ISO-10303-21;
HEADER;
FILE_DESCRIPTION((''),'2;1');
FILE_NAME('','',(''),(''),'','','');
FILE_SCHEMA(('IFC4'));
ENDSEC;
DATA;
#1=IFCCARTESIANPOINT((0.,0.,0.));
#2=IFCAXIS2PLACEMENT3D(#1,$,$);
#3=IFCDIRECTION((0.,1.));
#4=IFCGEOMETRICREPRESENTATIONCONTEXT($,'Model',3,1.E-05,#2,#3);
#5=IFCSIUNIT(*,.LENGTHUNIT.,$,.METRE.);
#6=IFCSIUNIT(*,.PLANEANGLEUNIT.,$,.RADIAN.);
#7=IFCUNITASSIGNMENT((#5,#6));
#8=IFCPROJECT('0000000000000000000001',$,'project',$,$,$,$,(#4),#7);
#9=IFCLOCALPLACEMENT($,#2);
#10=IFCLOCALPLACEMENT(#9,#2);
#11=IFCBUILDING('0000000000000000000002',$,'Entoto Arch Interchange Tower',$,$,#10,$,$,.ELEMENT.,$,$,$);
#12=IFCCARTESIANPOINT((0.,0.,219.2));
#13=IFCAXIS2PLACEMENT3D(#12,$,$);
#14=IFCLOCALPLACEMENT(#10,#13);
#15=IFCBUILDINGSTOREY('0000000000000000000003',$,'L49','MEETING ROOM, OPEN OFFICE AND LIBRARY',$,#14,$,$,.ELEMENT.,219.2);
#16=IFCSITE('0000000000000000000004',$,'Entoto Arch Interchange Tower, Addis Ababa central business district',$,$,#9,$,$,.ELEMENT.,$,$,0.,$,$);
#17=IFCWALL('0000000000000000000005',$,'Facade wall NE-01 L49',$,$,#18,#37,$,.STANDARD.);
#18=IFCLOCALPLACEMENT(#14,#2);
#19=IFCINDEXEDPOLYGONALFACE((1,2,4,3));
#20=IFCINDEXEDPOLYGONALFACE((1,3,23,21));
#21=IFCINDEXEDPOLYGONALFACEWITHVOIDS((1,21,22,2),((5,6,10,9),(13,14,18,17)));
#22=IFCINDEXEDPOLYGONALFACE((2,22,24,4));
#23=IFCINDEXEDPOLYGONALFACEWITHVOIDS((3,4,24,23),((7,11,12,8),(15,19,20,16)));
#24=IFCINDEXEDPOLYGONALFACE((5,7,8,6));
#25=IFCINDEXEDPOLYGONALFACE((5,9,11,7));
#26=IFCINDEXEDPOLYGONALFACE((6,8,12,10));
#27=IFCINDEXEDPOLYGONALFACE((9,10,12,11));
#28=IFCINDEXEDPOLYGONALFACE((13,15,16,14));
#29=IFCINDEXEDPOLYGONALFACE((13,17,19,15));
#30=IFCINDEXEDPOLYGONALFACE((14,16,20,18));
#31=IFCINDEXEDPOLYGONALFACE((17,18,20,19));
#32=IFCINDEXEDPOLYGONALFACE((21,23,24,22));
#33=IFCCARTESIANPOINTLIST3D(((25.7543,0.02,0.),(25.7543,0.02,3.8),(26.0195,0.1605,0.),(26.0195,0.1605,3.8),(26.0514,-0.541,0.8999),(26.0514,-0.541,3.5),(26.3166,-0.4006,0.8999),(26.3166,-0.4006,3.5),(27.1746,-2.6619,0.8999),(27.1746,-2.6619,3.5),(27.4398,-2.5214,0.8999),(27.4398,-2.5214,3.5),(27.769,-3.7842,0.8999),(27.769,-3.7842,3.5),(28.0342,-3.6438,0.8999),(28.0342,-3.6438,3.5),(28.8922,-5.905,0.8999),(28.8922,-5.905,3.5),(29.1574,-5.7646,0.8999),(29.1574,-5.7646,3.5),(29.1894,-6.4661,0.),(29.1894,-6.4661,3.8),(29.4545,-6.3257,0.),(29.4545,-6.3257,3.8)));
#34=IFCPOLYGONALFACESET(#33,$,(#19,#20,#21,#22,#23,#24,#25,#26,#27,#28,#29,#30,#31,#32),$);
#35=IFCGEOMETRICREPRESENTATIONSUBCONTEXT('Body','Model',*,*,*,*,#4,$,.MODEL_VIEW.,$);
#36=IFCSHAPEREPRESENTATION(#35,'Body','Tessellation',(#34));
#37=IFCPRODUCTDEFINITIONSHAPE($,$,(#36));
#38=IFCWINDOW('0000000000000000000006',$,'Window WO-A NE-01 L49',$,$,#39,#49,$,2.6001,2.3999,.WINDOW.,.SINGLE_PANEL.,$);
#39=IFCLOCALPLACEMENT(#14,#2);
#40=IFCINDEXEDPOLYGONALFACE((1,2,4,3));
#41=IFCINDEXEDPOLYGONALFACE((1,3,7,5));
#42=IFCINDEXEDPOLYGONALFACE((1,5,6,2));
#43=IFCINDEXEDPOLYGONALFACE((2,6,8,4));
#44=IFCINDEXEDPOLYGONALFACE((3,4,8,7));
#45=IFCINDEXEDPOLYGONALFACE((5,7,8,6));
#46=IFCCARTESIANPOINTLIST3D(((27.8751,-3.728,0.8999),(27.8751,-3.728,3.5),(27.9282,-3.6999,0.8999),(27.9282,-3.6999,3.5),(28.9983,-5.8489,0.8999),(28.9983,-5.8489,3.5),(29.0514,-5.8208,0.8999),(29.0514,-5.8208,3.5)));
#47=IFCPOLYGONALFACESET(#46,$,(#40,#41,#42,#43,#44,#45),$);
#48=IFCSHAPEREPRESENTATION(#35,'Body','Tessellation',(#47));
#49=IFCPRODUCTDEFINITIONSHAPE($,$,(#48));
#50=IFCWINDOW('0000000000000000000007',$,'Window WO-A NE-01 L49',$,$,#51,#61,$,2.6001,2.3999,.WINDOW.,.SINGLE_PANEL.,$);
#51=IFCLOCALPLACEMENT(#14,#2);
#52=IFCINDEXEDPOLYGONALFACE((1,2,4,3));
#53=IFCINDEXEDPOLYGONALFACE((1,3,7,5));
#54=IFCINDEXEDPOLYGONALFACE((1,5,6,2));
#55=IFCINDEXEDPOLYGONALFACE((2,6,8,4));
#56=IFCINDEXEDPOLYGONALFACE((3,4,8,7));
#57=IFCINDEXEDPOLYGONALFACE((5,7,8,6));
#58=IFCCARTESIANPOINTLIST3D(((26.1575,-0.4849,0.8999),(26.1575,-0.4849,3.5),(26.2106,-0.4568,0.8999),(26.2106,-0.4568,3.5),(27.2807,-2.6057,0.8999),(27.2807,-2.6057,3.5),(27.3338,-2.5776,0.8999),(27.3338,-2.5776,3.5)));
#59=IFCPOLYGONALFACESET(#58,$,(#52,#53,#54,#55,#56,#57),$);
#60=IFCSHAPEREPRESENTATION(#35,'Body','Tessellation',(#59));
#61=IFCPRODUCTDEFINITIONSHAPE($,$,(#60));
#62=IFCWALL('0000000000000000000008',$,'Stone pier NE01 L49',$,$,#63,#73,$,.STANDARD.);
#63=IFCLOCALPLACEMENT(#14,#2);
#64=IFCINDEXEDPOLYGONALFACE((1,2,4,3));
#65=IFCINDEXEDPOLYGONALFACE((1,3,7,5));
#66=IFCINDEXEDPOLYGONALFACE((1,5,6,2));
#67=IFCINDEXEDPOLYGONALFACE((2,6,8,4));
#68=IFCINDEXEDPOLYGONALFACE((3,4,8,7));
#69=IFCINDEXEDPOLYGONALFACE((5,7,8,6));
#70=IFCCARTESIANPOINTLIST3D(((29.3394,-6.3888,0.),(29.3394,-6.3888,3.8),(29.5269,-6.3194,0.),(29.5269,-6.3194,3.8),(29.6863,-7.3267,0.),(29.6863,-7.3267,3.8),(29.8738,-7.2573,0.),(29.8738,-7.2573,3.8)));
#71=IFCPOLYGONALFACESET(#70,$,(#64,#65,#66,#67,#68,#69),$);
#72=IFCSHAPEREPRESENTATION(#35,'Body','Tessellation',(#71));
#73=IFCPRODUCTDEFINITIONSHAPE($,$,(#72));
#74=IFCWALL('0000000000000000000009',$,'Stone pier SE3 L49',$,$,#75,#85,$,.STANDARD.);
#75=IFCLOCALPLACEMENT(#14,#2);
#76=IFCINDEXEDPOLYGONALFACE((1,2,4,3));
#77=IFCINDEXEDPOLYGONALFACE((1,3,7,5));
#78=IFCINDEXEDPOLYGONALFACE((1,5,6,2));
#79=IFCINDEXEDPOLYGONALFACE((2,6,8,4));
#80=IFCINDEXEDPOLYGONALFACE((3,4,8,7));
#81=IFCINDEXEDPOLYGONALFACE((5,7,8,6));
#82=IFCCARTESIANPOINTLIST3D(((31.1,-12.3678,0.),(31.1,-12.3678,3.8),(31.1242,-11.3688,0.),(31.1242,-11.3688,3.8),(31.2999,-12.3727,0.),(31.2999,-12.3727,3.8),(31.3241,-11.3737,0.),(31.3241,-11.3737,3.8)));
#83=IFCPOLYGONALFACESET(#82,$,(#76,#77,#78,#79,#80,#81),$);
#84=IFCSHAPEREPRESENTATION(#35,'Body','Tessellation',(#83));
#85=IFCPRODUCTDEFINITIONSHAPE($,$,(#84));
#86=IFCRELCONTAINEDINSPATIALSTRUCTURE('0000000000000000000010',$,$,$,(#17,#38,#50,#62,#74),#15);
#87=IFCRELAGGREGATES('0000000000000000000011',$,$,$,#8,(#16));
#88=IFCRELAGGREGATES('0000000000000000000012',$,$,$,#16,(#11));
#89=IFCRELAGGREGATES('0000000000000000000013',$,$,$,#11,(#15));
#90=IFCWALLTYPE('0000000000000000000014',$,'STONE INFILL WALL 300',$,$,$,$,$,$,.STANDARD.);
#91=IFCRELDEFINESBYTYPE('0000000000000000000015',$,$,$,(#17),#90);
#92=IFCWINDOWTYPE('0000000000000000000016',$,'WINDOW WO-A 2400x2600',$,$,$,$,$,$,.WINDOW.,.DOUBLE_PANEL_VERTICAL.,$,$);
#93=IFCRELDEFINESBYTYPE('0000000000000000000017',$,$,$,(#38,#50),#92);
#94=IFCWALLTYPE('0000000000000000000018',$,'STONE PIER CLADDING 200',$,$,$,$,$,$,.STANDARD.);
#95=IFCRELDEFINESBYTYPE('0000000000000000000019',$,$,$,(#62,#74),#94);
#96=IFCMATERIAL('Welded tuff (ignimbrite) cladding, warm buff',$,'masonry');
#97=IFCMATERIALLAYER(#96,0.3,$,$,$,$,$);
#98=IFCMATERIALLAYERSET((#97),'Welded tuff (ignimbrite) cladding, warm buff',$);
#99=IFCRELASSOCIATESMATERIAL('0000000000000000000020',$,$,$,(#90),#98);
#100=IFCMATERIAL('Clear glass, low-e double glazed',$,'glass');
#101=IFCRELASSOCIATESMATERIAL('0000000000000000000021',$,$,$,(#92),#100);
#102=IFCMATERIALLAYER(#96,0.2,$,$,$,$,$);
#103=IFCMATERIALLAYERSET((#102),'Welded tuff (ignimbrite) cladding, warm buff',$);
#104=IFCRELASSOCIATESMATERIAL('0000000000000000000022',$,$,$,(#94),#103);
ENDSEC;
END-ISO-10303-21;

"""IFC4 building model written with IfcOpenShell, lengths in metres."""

from ifc_helpers import new_model, si_unit, direction, frame, frame_2d, origin, place, context, subcontext, project, spatial, rectangle, extrude, material, layer, layer_set, type_object, element, fill, save


model = new_model("IFC4")

# Units and contexts
model_context = context("Model", 3, precision=1e-05, world=origin(), true_north=direction((0.0, 1.0)))
body_context = subcontext(model_context, "Body", "Model", "MODEL_VIEW")
ifc_project = project(units=[si_unit("LENGTHUNIT", "METRE"), si_unit("PLANEANGLEUNIT", "RADIAN")], contexts=[model_context])

# Site, building, storey
site_placement = place(None, origin())
site = spatial("IfcSite", under=ifc_project, at=site_placement, Name="Entoto Arch Interchange Tower, Addis Ababa central business district", CompositionType="ELEMENT", RefElevation=0.0)
building_placement = place(site_placement, origin())
building = spatial("IfcBuilding", under=site, at=building_placement, Name="Entoto Arch Interchange Tower", CompositionType="ELEMENT")
storey_placement = place(building_placement, frame((0.0, 0.0, 219.2)))
storey = spatial("IfcBuildingStorey", under=building, at=storey_placement, Name="L49", Description="MEETING ROOM, OPEN OFFICE AND LIBRARY", CompositionType="ELEMENT", Elevation=219.2)

# Shared definitions
ifc_material_1 = material(Name="Welded tuff (ignimbrite) cladding, warm buff", Category="masonry")
ifc_layer_1 = layer(ifc_material_1, 0.3)
ifc_layer_set_1 = layer_set([ifc_layer_1], Name="Welded tuff (ignimbrite) cladding, warm buff")
wall_type_1 = type_object("IfcWallType", Name="STONE INFILL WALL 300", PredefinedType="STANDARD", material=ifc_layer_set_1)
ifc_material_2 = material(Name="Clear glass, low-e double glazed", Category="glass")

# Wall, openings, windows
wall_1_placement = place(storey_placement, frame((29.322, -6.396, 0.0), z_axis=(0.0, 0.0, 1.0), x_axis=(-0.468021, 0.883718, 0.0)))
wall_1 = element("IfcWall", 1, at=wall_1_placement, inside=storey, type_object=wall_type_1, Name="Facade wall NE-01 L49", PredefinedType="STANDARD", context=body_context, shape_type="SweptSolid", body=[
    extrude(rectangle(XDim=7.3396, YDim=0.3, at=frame_2d((3.6699, 0.0))), origin(), (0.0, 0.0, 1.0), 3.8),
])
opening_1_placement = place(wall_1_placement, frame((0.635, 0.0, 0.8999)))
opening_1 = element("IfcOpeningElement", 2, at=opening_1_placement, cuts=wall_1, PredefinedType="OPENING", context=body_context, shape_type="SweptSolid", body=[
    extrude(rectangle(XDim=2.3999, YDim=2.6001, at=frame_2d((1.2, 1.3))), frame((0.0, 0.1602, 0.0), z_axis=(0.0, -1.0, 0.0), x_axis=(1.0, 0.0, 0.0)), (0.0, 0.0, 1.0), 0.3201),
])
opening_2_placement = place(wall_1_placement, frame((4.3049, 0.0, 0.8999)))
opening_2 = element("IfcOpeningElement", 3, at=opening_2_placement, cuts=wall_1, PredefinedType="OPENING", context=body_context, shape_type="SweptSolid", body=[
    extrude(rectangle(XDim=2.3999, YDim=2.6001, at=frame_2d((1.2, 1.3))), frame((0.0, 0.1602, 0.0), z_axis=(0.0, -1.0, 0.0), x_axis=(1.0, 0.0, 0.0)), (0.0, 0.0, 1.0), 0.3201),
])
window_type_1 = type_object("IfcWindowType", Name="WINDOW WO-A 2400x2600", PartitioningType="DOUBLE_PANEL_VERTICAL", PredefinedType="WINDOW", material=ifc_material_2)
window_1_placement = place(opening_1_placement, origin())
window_1 = element("IfcWindow", 4, at=window_1_placement, inside=storey, type_object=window_type_1, Name="Window WO-A NE-01 L49", OverallHeight=2.6001, OverallWidth=2.3999, PartitioningType="SINGLE_PANEL", PredefinedType="WINDOW", context=body_context, shape_type="SweptSolid", body=[
    extrude(rectangle(XDim=2.3999, YDim=2.6001, at=frame_2d((1.2, 1.3))), frame((0.0, 0.03, 0.0), z_axis=(0.0, -1.0, 0.0), x_axis=(1.0, 0.0, 0.0)), (0.0, 0.0, 1.0), 0.0601),
])
fill(opening_1, window_1)
window_2_placement = place(opening_2_placement, origin())
window_2 = element("IfcWindow", 5, at=window_2_placement, inside=storey, type_object=window_type_1, Name="Window WO-A NE-01 L49", OverallHeight=2.6001, OverallWidth=2.3999, PartitioningType="SINGLE_PANEL", PredefinedType="WINDOW", context=body_context, shape_type="SweptSolid", body=[
    extrude(rectangle(XDim=2.3999, YDim=2.6001, at=frame_2d((1.2, 1.3))), frame((0.0, 0.03, 0.0), z_axis=(0.0, -1.0, 0.0), x_axis=(1.0, 0.0, 0.0)), (0.0, 0.0, 1.0), 0.0601),
])
fill(opening_2, window_2)

# Walls
ifc_layer_2 = layer(ifc_material_1, 0.2)
ifc_layer_set_2 = layer_set([ifc_layer_2], Name="Welded tuff (ignimbrite) cladding, warm buff")
wall_type_2 = type_object("IfcWallType", Name="STONE PIER CLADDING 200", PredefinedType="STANDARD", material=ifc_layer_set_2)
wall_2_placement = place(storey_placement, frame((29.78, -7.292, 0.0), z_axis=(0.0, 0.0, 1.0), x_axis=(-0.346893, 0.937905, 0.0)))
element("IfcWall", 6, at=wall_2_placement, inside=storey, type_object=wall_type_2, Name="Stone pier NE01 L49", PredefinedType="STANDARD", context=body_context, shape_type="SweptSolid", body=[
    extrude(rectangle(XDim=1.0, YDim=0.2, at=frame_2d((0.5, 0.0))), origin(), (0.0, 0.0, 1.0), 3.8),
])
wall_3_placement = place(storey_placement, frame((31.2, -12.3701, 0.0), z_axis=(0.0, 0.0, 1.0), x_axis=(0.024186, 0.999707, 0.0)))
element("IfcWall", 7, at=wall_3_placement, inside=storey, type_object=wall_type_2, Name="Stone pier SE3 L49", PredefinedType="STANDARD", context=body_context, shape_type="SweptSolid", body=[
    extrude(rectangle(XDim=0.9993, YDim=0.2, at=frame_2d((0.4995, 0.0))), origin(), (0.0, 0.0, 1.0), 3.8),
])

save(model, "model.ifc")
